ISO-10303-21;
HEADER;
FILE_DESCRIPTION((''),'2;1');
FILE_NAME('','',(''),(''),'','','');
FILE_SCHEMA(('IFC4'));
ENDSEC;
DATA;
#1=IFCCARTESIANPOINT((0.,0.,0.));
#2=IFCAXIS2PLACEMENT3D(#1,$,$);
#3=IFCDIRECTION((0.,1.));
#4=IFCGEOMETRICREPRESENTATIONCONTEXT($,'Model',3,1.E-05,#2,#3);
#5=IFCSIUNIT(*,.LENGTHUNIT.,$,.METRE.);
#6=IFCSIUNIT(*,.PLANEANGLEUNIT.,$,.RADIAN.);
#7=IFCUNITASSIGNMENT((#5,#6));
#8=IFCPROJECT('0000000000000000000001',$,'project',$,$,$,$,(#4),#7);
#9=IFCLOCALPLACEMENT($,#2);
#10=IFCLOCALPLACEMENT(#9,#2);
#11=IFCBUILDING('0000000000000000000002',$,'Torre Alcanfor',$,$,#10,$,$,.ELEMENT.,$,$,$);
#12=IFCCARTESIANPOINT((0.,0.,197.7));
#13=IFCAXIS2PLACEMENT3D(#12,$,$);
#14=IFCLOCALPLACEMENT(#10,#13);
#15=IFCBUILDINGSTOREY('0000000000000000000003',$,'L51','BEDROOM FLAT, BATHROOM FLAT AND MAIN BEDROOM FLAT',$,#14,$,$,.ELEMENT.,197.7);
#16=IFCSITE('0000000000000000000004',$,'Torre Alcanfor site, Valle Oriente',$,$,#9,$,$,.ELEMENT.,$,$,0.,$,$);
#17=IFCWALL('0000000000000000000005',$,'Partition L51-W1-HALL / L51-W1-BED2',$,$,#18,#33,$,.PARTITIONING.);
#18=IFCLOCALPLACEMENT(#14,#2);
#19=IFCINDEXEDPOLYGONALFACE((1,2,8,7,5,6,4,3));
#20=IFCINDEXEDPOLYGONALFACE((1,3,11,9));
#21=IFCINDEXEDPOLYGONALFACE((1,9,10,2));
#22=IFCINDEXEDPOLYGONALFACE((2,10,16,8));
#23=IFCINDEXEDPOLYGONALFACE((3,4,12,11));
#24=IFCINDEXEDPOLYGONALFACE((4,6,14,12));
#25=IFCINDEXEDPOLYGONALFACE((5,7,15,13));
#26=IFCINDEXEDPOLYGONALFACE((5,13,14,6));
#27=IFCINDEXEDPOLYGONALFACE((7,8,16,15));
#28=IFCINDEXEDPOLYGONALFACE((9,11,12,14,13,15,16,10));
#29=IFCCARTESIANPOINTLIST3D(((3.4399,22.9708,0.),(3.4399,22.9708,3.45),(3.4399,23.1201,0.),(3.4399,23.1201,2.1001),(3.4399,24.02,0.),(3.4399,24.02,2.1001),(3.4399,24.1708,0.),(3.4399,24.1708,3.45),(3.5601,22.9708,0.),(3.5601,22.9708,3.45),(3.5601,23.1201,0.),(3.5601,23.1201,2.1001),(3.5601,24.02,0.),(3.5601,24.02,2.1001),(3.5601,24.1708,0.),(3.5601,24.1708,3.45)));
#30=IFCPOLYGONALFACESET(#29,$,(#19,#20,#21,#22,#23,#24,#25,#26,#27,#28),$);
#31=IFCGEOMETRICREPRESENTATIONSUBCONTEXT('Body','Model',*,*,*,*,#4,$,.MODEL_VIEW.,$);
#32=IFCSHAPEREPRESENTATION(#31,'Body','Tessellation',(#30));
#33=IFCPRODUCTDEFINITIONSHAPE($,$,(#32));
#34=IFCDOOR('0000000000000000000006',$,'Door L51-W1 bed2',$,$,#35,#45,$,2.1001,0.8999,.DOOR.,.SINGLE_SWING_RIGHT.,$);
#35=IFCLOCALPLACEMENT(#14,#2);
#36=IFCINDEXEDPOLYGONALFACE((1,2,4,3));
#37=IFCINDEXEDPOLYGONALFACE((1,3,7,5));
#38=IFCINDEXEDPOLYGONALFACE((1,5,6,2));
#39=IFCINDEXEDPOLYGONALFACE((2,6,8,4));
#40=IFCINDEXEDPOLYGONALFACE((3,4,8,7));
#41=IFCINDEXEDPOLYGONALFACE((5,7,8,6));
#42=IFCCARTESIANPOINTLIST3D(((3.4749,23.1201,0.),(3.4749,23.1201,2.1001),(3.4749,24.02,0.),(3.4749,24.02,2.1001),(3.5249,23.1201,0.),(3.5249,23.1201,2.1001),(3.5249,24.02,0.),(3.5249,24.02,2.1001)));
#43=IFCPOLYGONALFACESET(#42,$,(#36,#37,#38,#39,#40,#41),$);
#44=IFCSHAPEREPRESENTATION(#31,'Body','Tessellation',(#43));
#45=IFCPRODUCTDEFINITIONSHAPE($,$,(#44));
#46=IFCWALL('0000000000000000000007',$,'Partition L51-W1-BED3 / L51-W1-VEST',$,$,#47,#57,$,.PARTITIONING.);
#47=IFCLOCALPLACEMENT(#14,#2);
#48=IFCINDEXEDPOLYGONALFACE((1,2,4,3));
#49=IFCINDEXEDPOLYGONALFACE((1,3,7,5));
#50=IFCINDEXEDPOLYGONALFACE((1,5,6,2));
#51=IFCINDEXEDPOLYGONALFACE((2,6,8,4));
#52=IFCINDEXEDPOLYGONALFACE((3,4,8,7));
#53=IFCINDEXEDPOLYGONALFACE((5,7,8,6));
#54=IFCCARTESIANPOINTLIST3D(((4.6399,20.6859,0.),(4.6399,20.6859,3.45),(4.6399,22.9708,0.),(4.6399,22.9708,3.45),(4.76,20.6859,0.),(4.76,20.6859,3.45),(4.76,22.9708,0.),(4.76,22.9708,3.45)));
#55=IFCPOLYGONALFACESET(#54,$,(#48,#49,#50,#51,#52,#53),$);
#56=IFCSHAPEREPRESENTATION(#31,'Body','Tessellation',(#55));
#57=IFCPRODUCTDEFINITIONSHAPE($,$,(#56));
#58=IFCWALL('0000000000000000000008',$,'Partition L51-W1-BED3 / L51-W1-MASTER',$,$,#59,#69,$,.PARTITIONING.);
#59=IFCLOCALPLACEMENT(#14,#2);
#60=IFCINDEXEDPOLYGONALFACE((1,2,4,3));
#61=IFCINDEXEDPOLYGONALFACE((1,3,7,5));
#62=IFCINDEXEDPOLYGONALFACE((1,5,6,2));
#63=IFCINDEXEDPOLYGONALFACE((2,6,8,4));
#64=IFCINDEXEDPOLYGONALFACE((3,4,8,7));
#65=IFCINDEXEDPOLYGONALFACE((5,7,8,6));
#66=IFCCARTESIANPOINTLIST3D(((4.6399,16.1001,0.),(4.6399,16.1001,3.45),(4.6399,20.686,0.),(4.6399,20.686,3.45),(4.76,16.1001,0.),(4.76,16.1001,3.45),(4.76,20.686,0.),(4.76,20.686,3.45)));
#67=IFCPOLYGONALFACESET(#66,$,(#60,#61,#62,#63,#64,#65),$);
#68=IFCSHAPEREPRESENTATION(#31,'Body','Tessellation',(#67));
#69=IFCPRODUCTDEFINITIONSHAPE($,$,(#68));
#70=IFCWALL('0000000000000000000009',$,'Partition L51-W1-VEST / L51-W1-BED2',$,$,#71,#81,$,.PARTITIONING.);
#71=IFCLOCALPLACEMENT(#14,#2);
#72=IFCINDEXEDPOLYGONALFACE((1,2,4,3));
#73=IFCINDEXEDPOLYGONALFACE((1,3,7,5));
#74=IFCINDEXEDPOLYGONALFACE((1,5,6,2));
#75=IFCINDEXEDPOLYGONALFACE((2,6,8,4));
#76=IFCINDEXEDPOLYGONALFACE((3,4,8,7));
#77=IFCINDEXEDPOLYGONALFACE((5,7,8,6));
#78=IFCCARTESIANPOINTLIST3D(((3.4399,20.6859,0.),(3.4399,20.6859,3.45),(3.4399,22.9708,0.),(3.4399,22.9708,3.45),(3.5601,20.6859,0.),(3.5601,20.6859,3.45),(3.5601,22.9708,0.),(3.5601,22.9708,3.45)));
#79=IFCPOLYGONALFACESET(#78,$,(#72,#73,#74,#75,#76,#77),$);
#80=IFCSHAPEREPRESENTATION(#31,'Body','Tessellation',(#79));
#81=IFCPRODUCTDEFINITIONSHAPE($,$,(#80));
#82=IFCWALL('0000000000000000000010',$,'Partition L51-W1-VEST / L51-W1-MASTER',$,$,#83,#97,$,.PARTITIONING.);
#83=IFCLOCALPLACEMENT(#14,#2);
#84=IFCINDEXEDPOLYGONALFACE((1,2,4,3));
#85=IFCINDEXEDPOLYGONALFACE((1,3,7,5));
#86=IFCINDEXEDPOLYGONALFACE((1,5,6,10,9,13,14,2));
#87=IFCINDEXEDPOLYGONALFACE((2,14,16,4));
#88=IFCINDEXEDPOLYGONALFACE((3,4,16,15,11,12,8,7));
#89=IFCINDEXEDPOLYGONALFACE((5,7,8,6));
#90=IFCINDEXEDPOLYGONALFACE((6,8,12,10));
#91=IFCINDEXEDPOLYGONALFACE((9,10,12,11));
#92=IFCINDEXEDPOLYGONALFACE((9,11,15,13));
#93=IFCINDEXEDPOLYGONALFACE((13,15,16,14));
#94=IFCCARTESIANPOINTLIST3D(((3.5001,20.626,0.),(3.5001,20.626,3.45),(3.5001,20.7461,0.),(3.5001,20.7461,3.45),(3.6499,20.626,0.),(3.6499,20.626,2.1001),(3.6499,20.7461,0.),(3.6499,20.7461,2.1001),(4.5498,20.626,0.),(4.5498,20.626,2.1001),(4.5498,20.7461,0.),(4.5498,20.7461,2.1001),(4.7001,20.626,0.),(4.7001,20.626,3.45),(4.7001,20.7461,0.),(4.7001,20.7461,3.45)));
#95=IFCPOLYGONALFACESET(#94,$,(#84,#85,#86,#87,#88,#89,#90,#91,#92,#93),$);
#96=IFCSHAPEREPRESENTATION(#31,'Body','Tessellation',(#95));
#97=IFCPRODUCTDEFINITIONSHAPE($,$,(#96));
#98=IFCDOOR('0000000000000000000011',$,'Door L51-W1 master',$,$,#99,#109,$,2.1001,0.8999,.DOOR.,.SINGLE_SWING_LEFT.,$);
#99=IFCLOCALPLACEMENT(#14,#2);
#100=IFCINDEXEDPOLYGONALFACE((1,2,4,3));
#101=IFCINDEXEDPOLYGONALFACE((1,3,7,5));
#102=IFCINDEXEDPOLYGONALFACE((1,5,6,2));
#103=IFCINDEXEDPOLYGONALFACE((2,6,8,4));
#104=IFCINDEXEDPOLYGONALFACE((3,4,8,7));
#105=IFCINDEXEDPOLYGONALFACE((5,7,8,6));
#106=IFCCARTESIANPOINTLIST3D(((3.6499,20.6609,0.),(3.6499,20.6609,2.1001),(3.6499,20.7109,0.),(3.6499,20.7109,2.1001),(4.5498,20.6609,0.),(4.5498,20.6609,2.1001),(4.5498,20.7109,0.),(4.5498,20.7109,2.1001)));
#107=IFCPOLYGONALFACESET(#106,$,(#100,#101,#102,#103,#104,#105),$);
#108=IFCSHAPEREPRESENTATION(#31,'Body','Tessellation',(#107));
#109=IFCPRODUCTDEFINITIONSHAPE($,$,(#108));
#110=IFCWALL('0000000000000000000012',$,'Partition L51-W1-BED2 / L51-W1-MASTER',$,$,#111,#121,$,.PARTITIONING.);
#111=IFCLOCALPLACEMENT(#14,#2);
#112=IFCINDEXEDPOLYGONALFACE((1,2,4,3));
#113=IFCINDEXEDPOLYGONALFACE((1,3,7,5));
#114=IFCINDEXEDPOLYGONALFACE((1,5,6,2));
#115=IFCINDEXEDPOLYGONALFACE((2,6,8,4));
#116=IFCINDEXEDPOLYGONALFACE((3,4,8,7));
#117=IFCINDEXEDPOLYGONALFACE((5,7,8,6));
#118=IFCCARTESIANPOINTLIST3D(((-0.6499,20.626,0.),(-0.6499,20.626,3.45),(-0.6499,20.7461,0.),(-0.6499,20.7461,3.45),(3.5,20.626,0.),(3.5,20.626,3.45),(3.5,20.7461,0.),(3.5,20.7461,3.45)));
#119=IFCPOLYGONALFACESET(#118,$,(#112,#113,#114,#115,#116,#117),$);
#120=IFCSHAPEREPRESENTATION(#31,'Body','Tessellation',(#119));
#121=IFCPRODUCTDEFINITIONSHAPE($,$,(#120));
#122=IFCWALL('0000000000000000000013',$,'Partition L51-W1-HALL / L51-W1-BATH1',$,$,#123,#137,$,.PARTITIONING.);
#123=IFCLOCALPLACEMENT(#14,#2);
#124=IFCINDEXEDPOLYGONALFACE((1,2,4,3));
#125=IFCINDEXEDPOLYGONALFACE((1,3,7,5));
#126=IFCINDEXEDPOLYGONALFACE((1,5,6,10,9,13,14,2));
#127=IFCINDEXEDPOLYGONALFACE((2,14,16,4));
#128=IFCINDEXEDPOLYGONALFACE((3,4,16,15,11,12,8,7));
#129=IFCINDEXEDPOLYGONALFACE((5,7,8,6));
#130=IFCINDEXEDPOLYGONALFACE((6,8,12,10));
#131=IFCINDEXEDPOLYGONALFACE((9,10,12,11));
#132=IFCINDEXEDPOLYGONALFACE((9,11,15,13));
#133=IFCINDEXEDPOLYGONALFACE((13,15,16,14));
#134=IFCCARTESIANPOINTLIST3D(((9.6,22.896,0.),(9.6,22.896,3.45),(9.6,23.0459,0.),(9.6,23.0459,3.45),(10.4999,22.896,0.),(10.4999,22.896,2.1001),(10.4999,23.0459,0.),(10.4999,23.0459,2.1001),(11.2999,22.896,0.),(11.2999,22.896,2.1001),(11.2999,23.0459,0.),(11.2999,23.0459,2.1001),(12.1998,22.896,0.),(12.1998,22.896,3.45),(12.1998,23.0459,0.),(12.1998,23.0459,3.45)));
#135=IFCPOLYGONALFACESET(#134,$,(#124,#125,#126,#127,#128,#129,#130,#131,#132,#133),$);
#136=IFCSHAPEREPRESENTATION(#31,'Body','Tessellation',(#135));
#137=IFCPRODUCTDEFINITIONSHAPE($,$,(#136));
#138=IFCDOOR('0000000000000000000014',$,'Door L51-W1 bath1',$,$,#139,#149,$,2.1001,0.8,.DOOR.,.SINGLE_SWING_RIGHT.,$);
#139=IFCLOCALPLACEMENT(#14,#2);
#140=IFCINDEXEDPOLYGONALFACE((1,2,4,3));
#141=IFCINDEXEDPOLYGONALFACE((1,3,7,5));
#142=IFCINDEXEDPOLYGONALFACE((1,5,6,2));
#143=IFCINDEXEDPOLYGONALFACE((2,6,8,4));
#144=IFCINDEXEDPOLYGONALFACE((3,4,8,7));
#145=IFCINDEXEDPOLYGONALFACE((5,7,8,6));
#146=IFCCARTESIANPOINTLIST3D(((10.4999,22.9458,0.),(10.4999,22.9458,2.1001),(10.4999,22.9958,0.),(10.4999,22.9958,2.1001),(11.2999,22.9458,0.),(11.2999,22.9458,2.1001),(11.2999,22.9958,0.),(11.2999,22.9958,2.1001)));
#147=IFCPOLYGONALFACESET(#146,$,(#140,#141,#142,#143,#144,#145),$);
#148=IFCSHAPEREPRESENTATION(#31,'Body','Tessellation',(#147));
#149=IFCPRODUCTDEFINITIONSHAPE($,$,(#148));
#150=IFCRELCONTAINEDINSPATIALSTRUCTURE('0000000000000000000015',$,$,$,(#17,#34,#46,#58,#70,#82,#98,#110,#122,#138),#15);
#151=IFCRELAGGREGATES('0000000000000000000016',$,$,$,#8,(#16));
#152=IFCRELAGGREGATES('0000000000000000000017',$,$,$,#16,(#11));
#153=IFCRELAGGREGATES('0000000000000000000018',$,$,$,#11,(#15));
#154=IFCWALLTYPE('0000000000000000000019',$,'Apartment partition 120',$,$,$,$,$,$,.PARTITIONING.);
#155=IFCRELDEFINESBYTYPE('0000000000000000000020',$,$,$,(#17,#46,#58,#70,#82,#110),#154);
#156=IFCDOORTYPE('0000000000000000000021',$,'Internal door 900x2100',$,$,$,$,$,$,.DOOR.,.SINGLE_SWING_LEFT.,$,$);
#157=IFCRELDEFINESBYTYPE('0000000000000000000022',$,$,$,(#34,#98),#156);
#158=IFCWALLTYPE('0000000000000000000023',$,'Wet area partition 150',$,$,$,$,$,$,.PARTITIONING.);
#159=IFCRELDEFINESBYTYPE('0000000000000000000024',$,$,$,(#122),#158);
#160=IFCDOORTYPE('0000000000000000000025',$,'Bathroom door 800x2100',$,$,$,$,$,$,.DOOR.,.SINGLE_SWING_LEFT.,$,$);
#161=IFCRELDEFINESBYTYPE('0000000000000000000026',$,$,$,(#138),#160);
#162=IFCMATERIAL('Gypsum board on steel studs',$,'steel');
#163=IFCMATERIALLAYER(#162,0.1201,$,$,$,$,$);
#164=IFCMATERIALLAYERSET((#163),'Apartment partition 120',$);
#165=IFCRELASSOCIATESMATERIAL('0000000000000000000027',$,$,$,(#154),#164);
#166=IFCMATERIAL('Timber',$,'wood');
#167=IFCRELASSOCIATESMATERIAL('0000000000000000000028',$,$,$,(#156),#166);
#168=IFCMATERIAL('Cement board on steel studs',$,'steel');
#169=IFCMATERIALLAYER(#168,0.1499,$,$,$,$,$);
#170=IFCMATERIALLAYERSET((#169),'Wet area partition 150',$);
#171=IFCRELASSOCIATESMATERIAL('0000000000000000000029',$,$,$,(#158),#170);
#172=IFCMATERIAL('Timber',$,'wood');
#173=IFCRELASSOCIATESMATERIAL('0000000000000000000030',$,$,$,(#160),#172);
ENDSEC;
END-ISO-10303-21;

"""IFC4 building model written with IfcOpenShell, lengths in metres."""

from ifc_helpers import new_model, si_unit, direction, frame, frame_2d, origin, place, context, subcontext, project, spatial, rectangle, extrude, material, layer, layer_set, type_object, element, fill, save


model = new_model("IFC4")

# Units and contexts
model_context = context("Model", 3, precision=1e-05, world=origin(), true_north=direction((0.0, 1.0)))
body_context = subcontext(model_context, "Body", "Model", "MODEL_VIEW")
ifc_project = project(units=[si_unit("LENGTHUNIT", "METRE"), si_unit("PLANEANGLEUNIT", "RADIAN")], contexts=[model_context])

# Site, building, storey
site_placement = place(None, origin())
site = spatial("IfcSite", under=ifc_project, at=site_placement, Name="Torre Alcanfor site, Valle Oriente", CompositionType="ELEMENT", RefElevation=0.0)
building_placement = place(site_placement, origin())
building = spatial("IfcBuilding", under=site, at=building_placement, Name="Torre Alcanfor", CompositionType="ELEMENT")
storey_placement = place(building_placement, frame((0.0, 0.0, 197.7)))
storey = spatial("IfcBuildingStorey", under=building, at=storey_placement, Name="L51", Description="BEDROOM FLAT, BATHROOM FLAT AND MAIN BEDROOM FLAT", CompositionType="ELEMENT", Elevation=197.7)

# Shared definitions
ifc_material_1 = material(Name="Gypsum board on steel studs", Category="steel")
ifc_layer_1 = layer(ifc_material_1, 0.1201)
ifc_layer_set_1 = layer_set([ifc_layer_1], Name="Apartment partition 120")
wall_type_1 = type_object("IfcWallType", Name="Apartment partition 120", PredefinedType="PARTITIONING", material=ifc_layer_set_1)
ifc_material_2 = material(Name="Timber", Category="wood")
door_type_1 = type_object("IfcDoorType", Name="Internal door 900x2100", OperationType="SINGLE_SWING_LEFT", PredefinedType="DOOR", material=ifc_material_2)

# Wall, opening, door
wall_1_placement = place(storey_placement, frame((3.5, 24.1709, 0.0), z_axis=(0.0, 0.0, 1.0), x_axis=(0.0, -1.0, 0.0)))
wall_1 = element("IfcWall", 1, at=wall_1_placement, inside=storey, type_object=wall_type_1, Name="Partition L51-W1-HALL / L51-W1-BED2", PredefinedType="PARTITIONING", context=body_context, shape_type="SweptSolid", body=[
    extrude(rectangle(XDim=1.2, YDim=0.1201, at=frame_2d((0.6001, 0.0))), origin(), (0.0, 0.0, 1.0), 3.45),
])
opening_1_placement = place(wall_1_placement, frame((0.1509, 0.0, 0.0)))
opening_1 = element("IfcOpeningElement", 2, at=opening_1_placement, cuts=wall_1, PredefinedType="OPENING", context=body_context, shape_type="SweptSolid", body=[
    extrude(rectangle(XDim=0.8999, YDim=2.1001, at=frame_2d((0.45, 1.05))), frame((0.0, 0.0701, 0.0), z_axis=(0.0, -1.0, 0.0), x_axis=(1.0, 0.0, 0.0)), (0.0, 0.0, 1.0), 0.1401),
])
door_1_placement = place(opening_1_placement, frame((0.8999, 0.0, 0.0), z_axis=(0.0, 0.0, 1.0), x_axis=(-1.0, 0.0, 0.0)))
door_1 = element("IfcDoor", 3, at=door_1_placement, inside=storey, type_object=door_type_1, Name="Door L51-W1 bed2", OperationType="SINGLE_SWING_RIGHT", OverallHeight=2.1001, OverallWidth=0.8999, PredefinedType="DOOR", context=body_context, shape_type="SweptSolid", body=[
    extrude(rectangle(XDim=0.8999, YDim=2.1001, at=frame_2d((0.45, 1.05))), frame((0.0, 0.0251, 0.0), z_axis=(0.0, -1.0, 0.0), x_axis=(1.0, 0.0, 0.0)), (0.0, 0.0, 1.0), 0.05),
])
fill(opening_1, door_1)

# Walls
wall_2_placement = place(storey_placement, frame((4.7, 22.9709, 0.0), z_axis=(0.0, 0.0, 1.0), x_axis=(0.0, -1.0, 0.0)))
element("IfcWall", 4, at=wall_2_placement, inside=storey, type_object=wall_type_1, Name="Partition L51-W1-BED3 / L51-W1-VEST", PredefinedType="PARTITIONING", context=body_context, shape_type="SweptSolid", body=[
    extrude(rectangle(XDim=2.2849, YDim=0.1201, at=frame_2d((1.1426, 0.0))), origin(), (0.0, 0.0, 1.0), 3.45),
])
wall_3_placement = place(storey_placement, frame((4.7, 20.686, 0.0), z_axis=(0.0, 0.0, 1.0), x_axis=(0.0, -1.0, 0.0)))
element("IfcWall", 5, at=wall_3_placement, inside=storey, type_object=wall_type_1, Name="Partition L51-W1-BED3 / L51-W1-MASTER", PredefinedType="PARTITIONING", context=body_context, shape_type="SweptSolid", body=[
    extrude(rectangle(XDim=4.5859, YDim=0.1201, at=frame_2d((2.293, 0.0))), origin(), (0.0, 0.0, 1.0), 3.45),
])
wall_4_placement = place(storey_placement, frame((3.5, 22.9709, 0.0), z_axis=(0.0, 0.0, 1.0), x_axis=(0.0, -1.0, 0.0)))
element("IfcWall", 6, at=wall_4_placement, inside=storey, type_object=wall_type_1, Name="Partition L51-W1-VEST / L51-W1-BED2", PredefinedType="PARTITIONING", context=body_context, shape_type="SweptSolid", body=[
    extrude(rectangle(XDim=2.2849, YDim=0.1201, at=frame_2d((1.1426, 0.0))), origin(), (0.0, 0.0, 1.0), 3.45),
])

# Wall, opening, door
wall_5_placement = place(storey_placement, frame((3.5, 20.686, 0.0), z_axis=(0.0, 0.0, 1.0), x_axis=(1.0, 0.0, 0.0)))
wall_5 = element("IfcWall", 7, at=wall_5_placement, inside=storey, type_object=wall_type_1, Name="Partition L51-W1-VEST / L51-W1-MASTER", PredefinedType="PARTITIONING", context=body_context, shape_type="SweptSolid", body=[
    extrude(rectangle(XDim=1.2, YDim=0.1201, at=frame_2d((0.6001, 0.0))), origin(), (0.0, 0.0, 1.0), 3.45),
])
opening_2_placement = place(wall_5_placement, frame((0.1499, 0.0, 0.0)))
opening_2 = element("IfcOpeningElement", 8, at=opening_2_placement, cuts=wall_5, PredefinedType="OPENING", context=body_context, shape_type="SweptSolid", body=[
    extrude(rectangle(XDim=0.8999, YDim=2.1001, at=frame_2d((0.45, 1.05))), frame((0.0, 0.0701, 0.0), z_axis=(0.0, -1.0, 0.0), x_axis=(1.0, 0.0, 0.0)), (0.0, 0.0, 1.0), 0.1401),
])
door_2_placement = place(opening_2_placement, origin())
door_2 = element("IfcDoor", 9, at=door_2_placement, inside=storey, type_object=door_type_1, Name="Door L51-W1 master", OperationType="SINGLE_SWING_LEFT", OverallHeight=2.1001, OverallWidth=0.8999, PredefinedType="DOOR", context=body_context, shape_type="SweptSolid", body=[
    extrude(rectangle(XDim=0.8999, YDim=2.1001, at=frame_2d((0.45, 1.05))), frame((0.0, 0.0249, 0.0), z_axis=(0.0, -1.0, 0.0), x_axis=(1.0, 0.0, 0.0)), (0.0, 0.0, 1.0), 0.05),
])
fill(opening_2, door_2)

# Wall
wall_6_placement = place(storey_placement, frame((-0.6499, 20.686, 0.0), z_axis=(0.0, 0.0, 1.0), x_axis=(1.0, 0.0, 0.0)))
element("IfcWall", 10, at=wall_6_placement, inside=storey, type_object=wall_type_1, Name="Partition L51-W1-BED2 / L51-W1-MASTER", PredefinedType="PARTITIONING", context=body_context, shape_type="SweptSolid", body=[
    extrude(rectangle(XDim=4.1499, YDim=0.1201, at=frame_2d((2.075, 0.0))), origin(), (0.0, 0.0, 1.0), 3.45),
])

# Wall, opening, door
ifc_material_3 = material(Name="Cement board on steel studs", Category="steel")
ifc_layer_2 = layer(ifc_material_3, 0.1499)
ifc_layer_set_2 = layer_set([ifc_layer_2], Name="Wet area partition 150")
wall_type_2 = type_object("IfcWallType", Name="Wet area partition 150", PredefinedType="PARTITIONING", material=ifc_layer_set_2)
wall_7_placement = place(storey_placement, frame((9.6001, 22.9709, 0.0), z_axis=(0.0, 0.0, 1.0), x_axis=(1.0, 0.0, 0.0)))
wall_7 = element("IfcWall", 11, at=wall_7_placement, inside=storey, type_object=wall_type_2, Name="Partition L51-W1-HALL / L51-W1-BATH1", PredefinedType="PARTITIONING", context=body_context, shape_type="SweptSolid", body=[
    extrude(rectangle(XDim=2.5999, YDim=0.1499, at=frame_2d((1.2998, 0.0))), origin(), (0.0, 0.0, 1.0), 3.45),
])
opening_3_placement = place(wall_7_placement, frame((0.8999, 0.0, 0.0)))
opening_3 = element("IfcOpeningElement", 12, at=opening_3_placement, cuts=wall_7, PredefinedType="OPENING", context=body_context, shape_type="SweptSolid", body=[
    extrude(rectangle(XDim=0.8, YDim=2.1001, at=frame_2d((0.3999, 1.05))), frame((0.0, 0.085, 0.0), z_axis=(0.0, -1.0, 0.0), x_axis=(1.0, 0.0, 0.0)), (0.0, 0.0, 1.0), 0.1699),
])
ifc_material_4 = material(Name="Timber", Category="wood")
door_type_2 = type_object("IfcDoorType", Name="Bathroom door 800x2100", OperationType="SINGLE_SWING_LEFT", PredefinedType="DOOR", material=ifc_material_4)
door_3_placement = place(opening_3_placement, frame((0.8, 0.0, 0.0), z_axis=(0.0, 0.0, 1.0), x_axis=(-1.0, 0.0, 0.0)))
door_3 = element("IfcDoor", 13, at=door_3_placement, inside=storey, type_object=door_type_2, Name="Door L51-W1 bath1", OperationType="SINGLE_SWING_RIGHT", OverallHeight=2.1001, OverallWidth=0.8, PredefinedType="DOOR", context=body_context, shape_type="SweptSolid", body=[
    extrude(rectangle(XDim=0.8, YDim=2.1001, at=frame_2d((0.4001, 1.05))), frame((0.0, 0.0251, 0.0), z_axis=(0.0, -1.0, 0.0), x_axis=(1.0, 0.0, 0.0)), (0.0, 0.0, 1.0), 0.05),
])
fill(opening_3, door_3)

save(model, "model.ifc")
